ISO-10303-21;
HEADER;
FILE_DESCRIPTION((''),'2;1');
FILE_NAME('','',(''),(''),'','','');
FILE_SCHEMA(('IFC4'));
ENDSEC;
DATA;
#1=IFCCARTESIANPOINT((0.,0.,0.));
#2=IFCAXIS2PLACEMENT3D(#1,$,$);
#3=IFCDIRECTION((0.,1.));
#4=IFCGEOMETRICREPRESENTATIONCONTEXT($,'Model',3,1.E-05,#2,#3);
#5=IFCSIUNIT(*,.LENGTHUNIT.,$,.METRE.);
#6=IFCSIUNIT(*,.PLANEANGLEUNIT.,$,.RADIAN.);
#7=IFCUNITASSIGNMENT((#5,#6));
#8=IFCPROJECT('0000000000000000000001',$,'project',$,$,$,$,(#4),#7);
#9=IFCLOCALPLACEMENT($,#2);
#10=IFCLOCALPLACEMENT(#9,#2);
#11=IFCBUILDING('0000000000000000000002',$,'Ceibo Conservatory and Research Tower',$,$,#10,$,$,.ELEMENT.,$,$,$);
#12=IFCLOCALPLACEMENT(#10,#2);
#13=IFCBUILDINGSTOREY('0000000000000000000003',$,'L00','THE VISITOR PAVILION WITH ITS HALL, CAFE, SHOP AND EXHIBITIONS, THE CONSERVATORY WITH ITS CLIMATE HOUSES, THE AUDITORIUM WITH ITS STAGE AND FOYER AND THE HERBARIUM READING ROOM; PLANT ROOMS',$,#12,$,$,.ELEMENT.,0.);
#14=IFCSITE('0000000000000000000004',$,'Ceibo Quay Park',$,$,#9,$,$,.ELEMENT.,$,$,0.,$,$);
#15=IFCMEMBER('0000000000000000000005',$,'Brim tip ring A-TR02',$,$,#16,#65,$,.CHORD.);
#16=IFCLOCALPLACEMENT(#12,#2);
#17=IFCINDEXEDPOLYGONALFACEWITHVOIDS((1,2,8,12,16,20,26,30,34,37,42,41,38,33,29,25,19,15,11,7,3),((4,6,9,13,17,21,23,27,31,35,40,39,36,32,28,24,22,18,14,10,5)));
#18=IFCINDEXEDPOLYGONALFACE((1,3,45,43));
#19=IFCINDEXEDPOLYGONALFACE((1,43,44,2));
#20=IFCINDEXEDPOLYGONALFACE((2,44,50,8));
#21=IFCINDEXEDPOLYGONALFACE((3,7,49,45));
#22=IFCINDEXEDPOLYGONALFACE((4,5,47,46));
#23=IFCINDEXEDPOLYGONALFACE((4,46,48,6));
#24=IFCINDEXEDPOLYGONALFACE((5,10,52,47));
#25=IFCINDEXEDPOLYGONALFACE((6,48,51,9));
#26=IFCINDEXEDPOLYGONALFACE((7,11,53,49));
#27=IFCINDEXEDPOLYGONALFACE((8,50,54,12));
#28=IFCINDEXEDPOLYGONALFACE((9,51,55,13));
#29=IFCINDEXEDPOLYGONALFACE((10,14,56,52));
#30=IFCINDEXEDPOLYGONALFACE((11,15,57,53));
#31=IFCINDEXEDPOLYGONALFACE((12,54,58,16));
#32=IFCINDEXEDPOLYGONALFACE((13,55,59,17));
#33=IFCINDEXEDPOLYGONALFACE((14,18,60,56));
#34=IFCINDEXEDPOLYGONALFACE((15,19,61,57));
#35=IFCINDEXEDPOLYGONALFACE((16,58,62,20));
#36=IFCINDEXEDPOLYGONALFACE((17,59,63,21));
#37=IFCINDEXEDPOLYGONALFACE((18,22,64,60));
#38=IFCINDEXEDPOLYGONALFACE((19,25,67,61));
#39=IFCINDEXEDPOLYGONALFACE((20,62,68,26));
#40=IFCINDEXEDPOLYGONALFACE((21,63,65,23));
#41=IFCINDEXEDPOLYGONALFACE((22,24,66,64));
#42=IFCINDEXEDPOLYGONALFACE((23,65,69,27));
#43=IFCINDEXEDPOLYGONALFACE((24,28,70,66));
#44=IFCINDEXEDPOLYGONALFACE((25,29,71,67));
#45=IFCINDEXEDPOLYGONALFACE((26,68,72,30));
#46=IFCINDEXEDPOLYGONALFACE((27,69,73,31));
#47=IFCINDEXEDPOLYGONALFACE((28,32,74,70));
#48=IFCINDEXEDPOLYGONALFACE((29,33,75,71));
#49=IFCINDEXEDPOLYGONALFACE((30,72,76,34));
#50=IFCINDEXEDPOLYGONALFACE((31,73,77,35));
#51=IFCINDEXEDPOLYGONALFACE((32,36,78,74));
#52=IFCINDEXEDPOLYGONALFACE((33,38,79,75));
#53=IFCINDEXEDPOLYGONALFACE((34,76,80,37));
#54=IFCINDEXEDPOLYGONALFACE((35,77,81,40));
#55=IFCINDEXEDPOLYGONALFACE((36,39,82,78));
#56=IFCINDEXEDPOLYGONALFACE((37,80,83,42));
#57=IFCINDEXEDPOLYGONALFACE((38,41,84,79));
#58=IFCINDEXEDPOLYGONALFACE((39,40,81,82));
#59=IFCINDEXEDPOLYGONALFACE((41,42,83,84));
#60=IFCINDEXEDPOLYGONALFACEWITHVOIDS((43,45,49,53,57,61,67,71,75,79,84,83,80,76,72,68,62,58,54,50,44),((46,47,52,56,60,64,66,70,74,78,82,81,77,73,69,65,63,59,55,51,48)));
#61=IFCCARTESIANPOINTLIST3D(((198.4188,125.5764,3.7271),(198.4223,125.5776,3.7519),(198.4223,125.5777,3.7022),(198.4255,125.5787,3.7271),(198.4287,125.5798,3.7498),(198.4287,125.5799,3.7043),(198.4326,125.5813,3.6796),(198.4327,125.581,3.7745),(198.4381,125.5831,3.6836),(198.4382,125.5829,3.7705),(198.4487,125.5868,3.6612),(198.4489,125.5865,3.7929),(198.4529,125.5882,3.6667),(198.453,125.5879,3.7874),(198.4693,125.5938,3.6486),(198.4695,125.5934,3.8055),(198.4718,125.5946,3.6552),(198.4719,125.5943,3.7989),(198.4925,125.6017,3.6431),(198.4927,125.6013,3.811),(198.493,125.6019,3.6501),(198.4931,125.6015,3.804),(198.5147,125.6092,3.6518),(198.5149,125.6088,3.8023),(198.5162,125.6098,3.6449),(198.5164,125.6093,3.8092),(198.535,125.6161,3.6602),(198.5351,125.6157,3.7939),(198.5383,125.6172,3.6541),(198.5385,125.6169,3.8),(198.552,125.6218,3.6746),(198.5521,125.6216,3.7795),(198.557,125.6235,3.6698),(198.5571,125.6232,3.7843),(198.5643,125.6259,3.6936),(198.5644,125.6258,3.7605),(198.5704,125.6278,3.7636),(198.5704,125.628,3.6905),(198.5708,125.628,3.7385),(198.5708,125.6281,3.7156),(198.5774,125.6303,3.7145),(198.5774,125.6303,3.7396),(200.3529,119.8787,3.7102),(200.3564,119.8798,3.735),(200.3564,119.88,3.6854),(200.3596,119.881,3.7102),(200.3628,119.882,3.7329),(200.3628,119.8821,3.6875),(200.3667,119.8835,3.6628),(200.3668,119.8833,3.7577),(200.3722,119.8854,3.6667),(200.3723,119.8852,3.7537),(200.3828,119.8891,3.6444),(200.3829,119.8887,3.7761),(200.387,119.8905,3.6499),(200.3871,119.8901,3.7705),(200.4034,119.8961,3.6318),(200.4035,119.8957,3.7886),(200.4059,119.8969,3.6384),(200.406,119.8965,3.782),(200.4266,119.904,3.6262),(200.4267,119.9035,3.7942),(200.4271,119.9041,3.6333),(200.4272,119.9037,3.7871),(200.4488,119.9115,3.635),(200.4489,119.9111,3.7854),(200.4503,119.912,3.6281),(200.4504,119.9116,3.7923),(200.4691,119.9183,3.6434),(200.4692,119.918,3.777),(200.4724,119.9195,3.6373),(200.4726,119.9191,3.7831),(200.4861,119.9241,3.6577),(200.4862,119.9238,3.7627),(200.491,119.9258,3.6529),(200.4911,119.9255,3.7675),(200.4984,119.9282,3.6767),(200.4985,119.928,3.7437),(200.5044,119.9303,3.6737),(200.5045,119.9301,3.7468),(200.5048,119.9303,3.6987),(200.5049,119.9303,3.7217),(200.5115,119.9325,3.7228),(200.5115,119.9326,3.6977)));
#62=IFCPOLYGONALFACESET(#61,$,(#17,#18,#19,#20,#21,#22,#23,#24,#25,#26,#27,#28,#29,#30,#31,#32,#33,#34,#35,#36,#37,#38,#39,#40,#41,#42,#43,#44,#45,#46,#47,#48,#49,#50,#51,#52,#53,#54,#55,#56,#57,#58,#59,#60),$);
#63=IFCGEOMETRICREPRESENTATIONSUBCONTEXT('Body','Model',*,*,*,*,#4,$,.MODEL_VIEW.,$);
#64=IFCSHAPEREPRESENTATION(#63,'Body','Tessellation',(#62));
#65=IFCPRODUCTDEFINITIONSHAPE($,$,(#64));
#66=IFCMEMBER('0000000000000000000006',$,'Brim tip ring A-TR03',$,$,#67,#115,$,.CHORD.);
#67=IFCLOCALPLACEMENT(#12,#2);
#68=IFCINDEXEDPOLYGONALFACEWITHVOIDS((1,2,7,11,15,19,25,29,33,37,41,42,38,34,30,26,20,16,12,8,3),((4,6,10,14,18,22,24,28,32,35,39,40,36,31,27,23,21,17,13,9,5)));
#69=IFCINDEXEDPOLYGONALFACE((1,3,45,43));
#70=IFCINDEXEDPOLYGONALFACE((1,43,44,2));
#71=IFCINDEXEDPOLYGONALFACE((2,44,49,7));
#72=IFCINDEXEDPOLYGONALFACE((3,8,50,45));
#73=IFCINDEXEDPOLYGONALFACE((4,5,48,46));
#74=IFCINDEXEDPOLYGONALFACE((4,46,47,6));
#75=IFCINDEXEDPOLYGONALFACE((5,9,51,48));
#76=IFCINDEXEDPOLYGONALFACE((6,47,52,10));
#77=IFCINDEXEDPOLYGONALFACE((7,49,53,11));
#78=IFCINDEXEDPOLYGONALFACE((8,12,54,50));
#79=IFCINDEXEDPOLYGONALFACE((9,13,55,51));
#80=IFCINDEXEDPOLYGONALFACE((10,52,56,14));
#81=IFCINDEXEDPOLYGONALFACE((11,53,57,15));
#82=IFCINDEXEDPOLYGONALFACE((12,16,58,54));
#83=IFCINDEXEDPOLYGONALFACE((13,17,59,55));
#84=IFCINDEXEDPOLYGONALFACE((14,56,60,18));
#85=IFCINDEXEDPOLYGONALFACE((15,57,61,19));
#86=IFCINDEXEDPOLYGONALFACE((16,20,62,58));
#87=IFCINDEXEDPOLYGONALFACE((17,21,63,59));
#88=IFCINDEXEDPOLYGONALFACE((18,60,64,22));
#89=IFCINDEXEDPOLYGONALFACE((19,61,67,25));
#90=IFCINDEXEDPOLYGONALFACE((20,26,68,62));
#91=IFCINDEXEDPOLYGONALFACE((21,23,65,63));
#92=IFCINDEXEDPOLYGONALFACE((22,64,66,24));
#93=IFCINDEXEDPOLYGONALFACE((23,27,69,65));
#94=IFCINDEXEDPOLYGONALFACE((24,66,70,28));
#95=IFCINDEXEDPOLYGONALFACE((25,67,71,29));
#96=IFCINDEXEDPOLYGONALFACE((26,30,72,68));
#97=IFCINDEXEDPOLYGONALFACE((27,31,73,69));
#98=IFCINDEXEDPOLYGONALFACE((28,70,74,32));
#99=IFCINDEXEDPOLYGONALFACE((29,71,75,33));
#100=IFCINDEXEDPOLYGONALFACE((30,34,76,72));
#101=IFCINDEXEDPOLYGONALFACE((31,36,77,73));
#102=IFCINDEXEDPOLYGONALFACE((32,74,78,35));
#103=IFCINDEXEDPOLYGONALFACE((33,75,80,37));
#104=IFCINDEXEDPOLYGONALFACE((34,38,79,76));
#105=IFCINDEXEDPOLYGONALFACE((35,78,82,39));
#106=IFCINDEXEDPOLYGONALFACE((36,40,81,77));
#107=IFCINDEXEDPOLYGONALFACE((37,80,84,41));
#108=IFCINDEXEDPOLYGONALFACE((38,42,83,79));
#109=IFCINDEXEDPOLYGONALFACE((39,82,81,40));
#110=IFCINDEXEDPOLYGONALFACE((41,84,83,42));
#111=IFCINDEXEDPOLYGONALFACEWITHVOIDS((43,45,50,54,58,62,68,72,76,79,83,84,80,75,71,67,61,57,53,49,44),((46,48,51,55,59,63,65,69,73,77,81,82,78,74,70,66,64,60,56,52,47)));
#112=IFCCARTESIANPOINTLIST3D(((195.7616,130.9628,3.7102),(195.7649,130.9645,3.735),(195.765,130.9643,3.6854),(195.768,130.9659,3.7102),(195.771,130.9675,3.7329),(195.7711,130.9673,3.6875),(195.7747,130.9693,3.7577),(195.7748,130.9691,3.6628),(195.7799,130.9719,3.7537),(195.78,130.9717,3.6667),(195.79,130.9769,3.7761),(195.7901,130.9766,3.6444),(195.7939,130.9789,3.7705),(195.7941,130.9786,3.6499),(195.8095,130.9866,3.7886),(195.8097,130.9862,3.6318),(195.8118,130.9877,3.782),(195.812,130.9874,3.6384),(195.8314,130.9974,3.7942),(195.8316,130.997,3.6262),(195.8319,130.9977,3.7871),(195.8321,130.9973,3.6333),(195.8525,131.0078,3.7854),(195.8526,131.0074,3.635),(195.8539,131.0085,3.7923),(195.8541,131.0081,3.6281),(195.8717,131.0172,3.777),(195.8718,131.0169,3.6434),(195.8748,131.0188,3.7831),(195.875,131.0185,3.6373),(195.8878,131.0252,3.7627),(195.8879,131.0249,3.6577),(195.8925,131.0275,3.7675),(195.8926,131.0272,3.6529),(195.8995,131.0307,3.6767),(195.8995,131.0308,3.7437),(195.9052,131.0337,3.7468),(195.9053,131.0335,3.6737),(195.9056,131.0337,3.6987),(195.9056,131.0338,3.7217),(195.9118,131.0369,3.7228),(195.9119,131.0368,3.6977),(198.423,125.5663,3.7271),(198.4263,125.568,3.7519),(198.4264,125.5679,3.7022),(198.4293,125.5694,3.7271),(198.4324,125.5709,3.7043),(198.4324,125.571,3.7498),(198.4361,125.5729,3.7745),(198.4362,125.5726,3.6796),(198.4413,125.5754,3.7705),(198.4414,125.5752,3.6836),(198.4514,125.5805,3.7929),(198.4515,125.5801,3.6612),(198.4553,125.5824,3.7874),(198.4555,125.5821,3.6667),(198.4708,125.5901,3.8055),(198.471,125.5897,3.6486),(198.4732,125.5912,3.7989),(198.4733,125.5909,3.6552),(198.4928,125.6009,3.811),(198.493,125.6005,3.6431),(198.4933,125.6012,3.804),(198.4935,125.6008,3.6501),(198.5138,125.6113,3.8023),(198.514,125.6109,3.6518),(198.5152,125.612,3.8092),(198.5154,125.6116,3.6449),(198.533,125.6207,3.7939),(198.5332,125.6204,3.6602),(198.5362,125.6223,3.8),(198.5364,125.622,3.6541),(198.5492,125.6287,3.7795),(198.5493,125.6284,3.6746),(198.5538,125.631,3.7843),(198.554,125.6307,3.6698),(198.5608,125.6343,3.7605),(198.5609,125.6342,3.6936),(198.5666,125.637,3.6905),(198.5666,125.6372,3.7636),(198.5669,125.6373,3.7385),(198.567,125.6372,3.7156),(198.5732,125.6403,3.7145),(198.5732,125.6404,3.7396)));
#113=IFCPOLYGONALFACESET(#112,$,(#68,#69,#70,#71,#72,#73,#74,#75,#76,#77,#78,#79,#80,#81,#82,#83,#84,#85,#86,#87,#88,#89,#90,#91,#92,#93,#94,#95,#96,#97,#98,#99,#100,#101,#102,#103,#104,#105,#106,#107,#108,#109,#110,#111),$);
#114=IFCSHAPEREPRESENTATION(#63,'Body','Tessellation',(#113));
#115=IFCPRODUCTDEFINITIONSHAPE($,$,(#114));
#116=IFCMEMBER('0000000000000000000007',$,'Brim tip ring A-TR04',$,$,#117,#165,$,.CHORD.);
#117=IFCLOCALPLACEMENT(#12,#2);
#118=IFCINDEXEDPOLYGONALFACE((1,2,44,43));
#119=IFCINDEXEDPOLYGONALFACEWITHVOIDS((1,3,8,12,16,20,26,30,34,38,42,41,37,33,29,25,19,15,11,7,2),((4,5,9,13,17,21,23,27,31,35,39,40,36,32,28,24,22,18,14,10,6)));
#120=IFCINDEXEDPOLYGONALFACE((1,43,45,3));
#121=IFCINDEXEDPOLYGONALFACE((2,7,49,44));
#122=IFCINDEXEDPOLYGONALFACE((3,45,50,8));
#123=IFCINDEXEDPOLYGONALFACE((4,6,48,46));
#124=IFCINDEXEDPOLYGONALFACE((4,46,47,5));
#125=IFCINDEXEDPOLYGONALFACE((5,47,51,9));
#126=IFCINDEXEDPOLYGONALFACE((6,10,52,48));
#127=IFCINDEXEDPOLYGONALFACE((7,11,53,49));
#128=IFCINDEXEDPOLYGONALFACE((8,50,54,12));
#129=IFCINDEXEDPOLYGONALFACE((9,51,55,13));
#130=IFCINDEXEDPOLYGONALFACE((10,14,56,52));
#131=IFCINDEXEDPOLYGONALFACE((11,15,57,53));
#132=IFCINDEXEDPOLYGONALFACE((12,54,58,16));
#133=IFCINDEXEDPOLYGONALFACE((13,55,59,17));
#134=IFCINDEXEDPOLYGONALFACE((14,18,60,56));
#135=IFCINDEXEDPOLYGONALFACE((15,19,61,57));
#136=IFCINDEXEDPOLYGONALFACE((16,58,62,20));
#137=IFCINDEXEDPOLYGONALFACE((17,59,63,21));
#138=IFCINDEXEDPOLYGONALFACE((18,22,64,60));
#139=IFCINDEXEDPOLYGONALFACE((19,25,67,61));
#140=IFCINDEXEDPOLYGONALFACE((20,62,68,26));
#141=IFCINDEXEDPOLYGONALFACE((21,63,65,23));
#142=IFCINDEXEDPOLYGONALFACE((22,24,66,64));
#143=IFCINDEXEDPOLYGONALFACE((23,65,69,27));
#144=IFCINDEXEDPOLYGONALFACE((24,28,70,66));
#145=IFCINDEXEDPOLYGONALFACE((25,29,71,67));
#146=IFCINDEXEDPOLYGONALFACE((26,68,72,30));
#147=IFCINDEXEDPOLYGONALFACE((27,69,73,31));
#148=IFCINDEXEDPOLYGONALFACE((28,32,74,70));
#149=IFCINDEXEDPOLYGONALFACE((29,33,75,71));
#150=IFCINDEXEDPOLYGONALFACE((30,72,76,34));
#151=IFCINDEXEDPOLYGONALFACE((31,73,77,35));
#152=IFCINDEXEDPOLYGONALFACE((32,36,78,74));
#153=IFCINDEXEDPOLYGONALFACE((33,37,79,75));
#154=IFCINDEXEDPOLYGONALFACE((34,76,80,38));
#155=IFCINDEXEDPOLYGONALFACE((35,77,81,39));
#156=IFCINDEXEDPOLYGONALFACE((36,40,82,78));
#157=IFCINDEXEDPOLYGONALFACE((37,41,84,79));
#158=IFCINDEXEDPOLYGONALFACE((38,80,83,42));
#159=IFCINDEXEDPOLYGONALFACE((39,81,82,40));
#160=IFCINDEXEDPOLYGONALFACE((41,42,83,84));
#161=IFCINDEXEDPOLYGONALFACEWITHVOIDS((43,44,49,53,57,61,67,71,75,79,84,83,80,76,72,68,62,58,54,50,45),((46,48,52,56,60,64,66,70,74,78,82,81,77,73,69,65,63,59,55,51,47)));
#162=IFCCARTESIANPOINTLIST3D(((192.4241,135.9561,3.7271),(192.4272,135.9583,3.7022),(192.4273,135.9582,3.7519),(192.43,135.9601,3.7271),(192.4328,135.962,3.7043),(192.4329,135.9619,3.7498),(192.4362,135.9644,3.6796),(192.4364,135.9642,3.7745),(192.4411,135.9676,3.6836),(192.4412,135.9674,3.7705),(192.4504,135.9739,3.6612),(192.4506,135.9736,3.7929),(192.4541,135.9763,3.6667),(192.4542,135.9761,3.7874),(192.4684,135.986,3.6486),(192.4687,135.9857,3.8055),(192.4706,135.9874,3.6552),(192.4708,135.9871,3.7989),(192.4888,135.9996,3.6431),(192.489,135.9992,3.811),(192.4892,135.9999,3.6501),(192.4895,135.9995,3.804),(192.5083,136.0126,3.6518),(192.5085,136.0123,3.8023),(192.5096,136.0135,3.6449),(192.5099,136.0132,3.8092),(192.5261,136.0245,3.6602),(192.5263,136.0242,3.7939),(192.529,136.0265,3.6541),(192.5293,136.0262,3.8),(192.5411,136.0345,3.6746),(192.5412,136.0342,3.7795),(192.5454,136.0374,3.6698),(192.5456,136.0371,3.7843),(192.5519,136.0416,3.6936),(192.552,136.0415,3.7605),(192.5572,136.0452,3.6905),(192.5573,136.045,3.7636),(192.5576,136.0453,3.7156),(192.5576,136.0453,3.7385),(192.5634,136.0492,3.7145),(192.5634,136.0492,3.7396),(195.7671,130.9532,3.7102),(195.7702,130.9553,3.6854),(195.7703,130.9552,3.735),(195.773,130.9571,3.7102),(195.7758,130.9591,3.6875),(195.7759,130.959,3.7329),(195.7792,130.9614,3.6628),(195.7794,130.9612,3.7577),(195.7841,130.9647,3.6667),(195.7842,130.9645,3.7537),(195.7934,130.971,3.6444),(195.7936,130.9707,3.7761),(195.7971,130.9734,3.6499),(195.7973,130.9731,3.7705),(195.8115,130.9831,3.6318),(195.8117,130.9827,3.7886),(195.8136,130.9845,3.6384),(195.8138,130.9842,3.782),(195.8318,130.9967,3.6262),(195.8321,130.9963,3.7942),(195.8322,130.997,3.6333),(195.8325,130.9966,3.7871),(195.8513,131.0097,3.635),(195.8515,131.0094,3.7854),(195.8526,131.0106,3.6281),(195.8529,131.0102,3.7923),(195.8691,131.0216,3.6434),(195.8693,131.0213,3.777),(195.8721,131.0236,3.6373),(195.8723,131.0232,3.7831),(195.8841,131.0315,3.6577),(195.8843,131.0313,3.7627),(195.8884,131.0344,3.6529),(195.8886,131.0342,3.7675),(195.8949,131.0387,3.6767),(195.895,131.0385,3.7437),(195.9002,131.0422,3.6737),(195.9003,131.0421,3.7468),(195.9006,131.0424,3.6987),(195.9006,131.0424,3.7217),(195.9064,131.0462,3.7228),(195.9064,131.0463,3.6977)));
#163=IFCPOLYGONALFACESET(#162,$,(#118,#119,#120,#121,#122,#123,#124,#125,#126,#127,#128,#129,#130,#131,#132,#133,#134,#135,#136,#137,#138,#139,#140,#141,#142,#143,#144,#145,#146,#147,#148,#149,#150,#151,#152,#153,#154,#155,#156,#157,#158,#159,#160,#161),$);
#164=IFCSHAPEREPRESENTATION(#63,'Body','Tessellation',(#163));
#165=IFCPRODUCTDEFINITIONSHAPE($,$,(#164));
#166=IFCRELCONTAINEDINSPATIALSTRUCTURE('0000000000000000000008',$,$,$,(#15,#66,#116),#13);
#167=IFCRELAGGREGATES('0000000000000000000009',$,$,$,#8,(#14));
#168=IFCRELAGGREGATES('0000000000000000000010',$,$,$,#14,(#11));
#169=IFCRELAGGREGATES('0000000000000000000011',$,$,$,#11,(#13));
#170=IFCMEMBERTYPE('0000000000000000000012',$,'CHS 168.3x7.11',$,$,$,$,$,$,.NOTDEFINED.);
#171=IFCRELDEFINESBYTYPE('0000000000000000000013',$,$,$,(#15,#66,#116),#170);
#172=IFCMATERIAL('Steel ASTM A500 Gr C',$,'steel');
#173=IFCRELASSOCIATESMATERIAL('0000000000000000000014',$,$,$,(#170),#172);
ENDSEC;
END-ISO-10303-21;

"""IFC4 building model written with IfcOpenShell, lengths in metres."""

from ifc_helpers import new_model, si_unit, direction, frame, origin, origin_2d, place, context, subcontext, project, spatial, hollow_circle, extrude, material, material_profile, profile_set, type_object, element, save


model = new_model("IFC4")

# Units and contexts
model_context = context("Model", 3, precision=1e-05, world=origin(), true_north=direction((0.0, 1.0)))
body_context = subcontext(model_context, "Body", "Model", "MODEL_VIEW")
ifc_project = project(units=[si_unit("LENGTHUNIT", "METRE"), si_unit("PLANEANGLEUNIT", "RADIAN")], contexts=[model_context])

# Site, building, storey
site_placement = place(None, origin())
site = spatial("IfcSite", under=ifc_project, at=site_placement, Name="Ceibo Quay Park", CompositionType="ELEMENT", RefElevation=0.0)
building_placement = place(site_placement, origin())
building = spatial("IfcBuilding", under=site, at=building_placement, Name="Ceibo Conservatory and Research Tower", CompositionType="ELEMENT")
storey_placement = place(building_placement, origin())
storey = spatial("IfcBuildingStorey", under=building, at=storey_placement, Name="L00", Description="THE VISITOR PAVILION WITH ITS HALL, CAFE, SHOP AND EXHIBITIONS, THE CONSERVATORY WITH ITS CLIMATE HOUSES, THE AUDITORIUM WITH ITS STAGE AND FOYER AND THE HERBARIUM READING ROOM; PLANT ROOMS", CompositionType="ELEMENT", Elevation=0.0)

# Shared definitions
ifc_material_1 = material(Name="Steel ASTM A500 Gr C", Category="steel")

# Members
ifc_material_profile_1 = material_profile(ifc_material_1, hollow_circle(Radius=0.0842, WallThickness=0.0071, at=origin_2d()), Name="CHS 168.3x7.11")
ifc_profile_set_1 = profile_set([ifc_material_profile_1], Name="Steel ASTM A500 Gr C")
member_type_1 = type_object("IfcMemberType", Name="CHS 168.3x7.11", PredefinedType="NOTDEFINED", material=ifc_profile_set_1)
for number, where, z_axis, x_axis, name in (
    (1, (200.4326, 119.9058, 3.7102), (-0.321432, 0.946929, 0.0028), (-0.946932, -0.321433, 0.0), "Brim tip ring A-TR02"),
    (2, (198.4985, 125.6035, 3.7271), (-0.442304, 0.896861, -0.0028), (-0.896864, -0.442305, 0.0), "Brim tip ring A-TR03"),
    (3, (195.8372, 131.0, 3.7102), (-0.555587, 0.831454, 0.0028), (-0.831457, -0.555589, 0.0), "Brim tip ring A-TR04"),
):
    element("IfcMember", number, at=place(storey_placement, frame(where, z_axis=z_axis, x_axis=x_axis)), inside=storey, type_object=member_type_1, Name=name, PredefinedType="CHORD", context=body_context, shape_type="SweptSolid", body=[
        extrude(hollow_circle(Radius=0.0842, WallThickness=0.0071, at=origin_2d()), origin(), (0.0, 0.0, 1.0), 6.0171),
    ])

save(model, "model.ifc")
